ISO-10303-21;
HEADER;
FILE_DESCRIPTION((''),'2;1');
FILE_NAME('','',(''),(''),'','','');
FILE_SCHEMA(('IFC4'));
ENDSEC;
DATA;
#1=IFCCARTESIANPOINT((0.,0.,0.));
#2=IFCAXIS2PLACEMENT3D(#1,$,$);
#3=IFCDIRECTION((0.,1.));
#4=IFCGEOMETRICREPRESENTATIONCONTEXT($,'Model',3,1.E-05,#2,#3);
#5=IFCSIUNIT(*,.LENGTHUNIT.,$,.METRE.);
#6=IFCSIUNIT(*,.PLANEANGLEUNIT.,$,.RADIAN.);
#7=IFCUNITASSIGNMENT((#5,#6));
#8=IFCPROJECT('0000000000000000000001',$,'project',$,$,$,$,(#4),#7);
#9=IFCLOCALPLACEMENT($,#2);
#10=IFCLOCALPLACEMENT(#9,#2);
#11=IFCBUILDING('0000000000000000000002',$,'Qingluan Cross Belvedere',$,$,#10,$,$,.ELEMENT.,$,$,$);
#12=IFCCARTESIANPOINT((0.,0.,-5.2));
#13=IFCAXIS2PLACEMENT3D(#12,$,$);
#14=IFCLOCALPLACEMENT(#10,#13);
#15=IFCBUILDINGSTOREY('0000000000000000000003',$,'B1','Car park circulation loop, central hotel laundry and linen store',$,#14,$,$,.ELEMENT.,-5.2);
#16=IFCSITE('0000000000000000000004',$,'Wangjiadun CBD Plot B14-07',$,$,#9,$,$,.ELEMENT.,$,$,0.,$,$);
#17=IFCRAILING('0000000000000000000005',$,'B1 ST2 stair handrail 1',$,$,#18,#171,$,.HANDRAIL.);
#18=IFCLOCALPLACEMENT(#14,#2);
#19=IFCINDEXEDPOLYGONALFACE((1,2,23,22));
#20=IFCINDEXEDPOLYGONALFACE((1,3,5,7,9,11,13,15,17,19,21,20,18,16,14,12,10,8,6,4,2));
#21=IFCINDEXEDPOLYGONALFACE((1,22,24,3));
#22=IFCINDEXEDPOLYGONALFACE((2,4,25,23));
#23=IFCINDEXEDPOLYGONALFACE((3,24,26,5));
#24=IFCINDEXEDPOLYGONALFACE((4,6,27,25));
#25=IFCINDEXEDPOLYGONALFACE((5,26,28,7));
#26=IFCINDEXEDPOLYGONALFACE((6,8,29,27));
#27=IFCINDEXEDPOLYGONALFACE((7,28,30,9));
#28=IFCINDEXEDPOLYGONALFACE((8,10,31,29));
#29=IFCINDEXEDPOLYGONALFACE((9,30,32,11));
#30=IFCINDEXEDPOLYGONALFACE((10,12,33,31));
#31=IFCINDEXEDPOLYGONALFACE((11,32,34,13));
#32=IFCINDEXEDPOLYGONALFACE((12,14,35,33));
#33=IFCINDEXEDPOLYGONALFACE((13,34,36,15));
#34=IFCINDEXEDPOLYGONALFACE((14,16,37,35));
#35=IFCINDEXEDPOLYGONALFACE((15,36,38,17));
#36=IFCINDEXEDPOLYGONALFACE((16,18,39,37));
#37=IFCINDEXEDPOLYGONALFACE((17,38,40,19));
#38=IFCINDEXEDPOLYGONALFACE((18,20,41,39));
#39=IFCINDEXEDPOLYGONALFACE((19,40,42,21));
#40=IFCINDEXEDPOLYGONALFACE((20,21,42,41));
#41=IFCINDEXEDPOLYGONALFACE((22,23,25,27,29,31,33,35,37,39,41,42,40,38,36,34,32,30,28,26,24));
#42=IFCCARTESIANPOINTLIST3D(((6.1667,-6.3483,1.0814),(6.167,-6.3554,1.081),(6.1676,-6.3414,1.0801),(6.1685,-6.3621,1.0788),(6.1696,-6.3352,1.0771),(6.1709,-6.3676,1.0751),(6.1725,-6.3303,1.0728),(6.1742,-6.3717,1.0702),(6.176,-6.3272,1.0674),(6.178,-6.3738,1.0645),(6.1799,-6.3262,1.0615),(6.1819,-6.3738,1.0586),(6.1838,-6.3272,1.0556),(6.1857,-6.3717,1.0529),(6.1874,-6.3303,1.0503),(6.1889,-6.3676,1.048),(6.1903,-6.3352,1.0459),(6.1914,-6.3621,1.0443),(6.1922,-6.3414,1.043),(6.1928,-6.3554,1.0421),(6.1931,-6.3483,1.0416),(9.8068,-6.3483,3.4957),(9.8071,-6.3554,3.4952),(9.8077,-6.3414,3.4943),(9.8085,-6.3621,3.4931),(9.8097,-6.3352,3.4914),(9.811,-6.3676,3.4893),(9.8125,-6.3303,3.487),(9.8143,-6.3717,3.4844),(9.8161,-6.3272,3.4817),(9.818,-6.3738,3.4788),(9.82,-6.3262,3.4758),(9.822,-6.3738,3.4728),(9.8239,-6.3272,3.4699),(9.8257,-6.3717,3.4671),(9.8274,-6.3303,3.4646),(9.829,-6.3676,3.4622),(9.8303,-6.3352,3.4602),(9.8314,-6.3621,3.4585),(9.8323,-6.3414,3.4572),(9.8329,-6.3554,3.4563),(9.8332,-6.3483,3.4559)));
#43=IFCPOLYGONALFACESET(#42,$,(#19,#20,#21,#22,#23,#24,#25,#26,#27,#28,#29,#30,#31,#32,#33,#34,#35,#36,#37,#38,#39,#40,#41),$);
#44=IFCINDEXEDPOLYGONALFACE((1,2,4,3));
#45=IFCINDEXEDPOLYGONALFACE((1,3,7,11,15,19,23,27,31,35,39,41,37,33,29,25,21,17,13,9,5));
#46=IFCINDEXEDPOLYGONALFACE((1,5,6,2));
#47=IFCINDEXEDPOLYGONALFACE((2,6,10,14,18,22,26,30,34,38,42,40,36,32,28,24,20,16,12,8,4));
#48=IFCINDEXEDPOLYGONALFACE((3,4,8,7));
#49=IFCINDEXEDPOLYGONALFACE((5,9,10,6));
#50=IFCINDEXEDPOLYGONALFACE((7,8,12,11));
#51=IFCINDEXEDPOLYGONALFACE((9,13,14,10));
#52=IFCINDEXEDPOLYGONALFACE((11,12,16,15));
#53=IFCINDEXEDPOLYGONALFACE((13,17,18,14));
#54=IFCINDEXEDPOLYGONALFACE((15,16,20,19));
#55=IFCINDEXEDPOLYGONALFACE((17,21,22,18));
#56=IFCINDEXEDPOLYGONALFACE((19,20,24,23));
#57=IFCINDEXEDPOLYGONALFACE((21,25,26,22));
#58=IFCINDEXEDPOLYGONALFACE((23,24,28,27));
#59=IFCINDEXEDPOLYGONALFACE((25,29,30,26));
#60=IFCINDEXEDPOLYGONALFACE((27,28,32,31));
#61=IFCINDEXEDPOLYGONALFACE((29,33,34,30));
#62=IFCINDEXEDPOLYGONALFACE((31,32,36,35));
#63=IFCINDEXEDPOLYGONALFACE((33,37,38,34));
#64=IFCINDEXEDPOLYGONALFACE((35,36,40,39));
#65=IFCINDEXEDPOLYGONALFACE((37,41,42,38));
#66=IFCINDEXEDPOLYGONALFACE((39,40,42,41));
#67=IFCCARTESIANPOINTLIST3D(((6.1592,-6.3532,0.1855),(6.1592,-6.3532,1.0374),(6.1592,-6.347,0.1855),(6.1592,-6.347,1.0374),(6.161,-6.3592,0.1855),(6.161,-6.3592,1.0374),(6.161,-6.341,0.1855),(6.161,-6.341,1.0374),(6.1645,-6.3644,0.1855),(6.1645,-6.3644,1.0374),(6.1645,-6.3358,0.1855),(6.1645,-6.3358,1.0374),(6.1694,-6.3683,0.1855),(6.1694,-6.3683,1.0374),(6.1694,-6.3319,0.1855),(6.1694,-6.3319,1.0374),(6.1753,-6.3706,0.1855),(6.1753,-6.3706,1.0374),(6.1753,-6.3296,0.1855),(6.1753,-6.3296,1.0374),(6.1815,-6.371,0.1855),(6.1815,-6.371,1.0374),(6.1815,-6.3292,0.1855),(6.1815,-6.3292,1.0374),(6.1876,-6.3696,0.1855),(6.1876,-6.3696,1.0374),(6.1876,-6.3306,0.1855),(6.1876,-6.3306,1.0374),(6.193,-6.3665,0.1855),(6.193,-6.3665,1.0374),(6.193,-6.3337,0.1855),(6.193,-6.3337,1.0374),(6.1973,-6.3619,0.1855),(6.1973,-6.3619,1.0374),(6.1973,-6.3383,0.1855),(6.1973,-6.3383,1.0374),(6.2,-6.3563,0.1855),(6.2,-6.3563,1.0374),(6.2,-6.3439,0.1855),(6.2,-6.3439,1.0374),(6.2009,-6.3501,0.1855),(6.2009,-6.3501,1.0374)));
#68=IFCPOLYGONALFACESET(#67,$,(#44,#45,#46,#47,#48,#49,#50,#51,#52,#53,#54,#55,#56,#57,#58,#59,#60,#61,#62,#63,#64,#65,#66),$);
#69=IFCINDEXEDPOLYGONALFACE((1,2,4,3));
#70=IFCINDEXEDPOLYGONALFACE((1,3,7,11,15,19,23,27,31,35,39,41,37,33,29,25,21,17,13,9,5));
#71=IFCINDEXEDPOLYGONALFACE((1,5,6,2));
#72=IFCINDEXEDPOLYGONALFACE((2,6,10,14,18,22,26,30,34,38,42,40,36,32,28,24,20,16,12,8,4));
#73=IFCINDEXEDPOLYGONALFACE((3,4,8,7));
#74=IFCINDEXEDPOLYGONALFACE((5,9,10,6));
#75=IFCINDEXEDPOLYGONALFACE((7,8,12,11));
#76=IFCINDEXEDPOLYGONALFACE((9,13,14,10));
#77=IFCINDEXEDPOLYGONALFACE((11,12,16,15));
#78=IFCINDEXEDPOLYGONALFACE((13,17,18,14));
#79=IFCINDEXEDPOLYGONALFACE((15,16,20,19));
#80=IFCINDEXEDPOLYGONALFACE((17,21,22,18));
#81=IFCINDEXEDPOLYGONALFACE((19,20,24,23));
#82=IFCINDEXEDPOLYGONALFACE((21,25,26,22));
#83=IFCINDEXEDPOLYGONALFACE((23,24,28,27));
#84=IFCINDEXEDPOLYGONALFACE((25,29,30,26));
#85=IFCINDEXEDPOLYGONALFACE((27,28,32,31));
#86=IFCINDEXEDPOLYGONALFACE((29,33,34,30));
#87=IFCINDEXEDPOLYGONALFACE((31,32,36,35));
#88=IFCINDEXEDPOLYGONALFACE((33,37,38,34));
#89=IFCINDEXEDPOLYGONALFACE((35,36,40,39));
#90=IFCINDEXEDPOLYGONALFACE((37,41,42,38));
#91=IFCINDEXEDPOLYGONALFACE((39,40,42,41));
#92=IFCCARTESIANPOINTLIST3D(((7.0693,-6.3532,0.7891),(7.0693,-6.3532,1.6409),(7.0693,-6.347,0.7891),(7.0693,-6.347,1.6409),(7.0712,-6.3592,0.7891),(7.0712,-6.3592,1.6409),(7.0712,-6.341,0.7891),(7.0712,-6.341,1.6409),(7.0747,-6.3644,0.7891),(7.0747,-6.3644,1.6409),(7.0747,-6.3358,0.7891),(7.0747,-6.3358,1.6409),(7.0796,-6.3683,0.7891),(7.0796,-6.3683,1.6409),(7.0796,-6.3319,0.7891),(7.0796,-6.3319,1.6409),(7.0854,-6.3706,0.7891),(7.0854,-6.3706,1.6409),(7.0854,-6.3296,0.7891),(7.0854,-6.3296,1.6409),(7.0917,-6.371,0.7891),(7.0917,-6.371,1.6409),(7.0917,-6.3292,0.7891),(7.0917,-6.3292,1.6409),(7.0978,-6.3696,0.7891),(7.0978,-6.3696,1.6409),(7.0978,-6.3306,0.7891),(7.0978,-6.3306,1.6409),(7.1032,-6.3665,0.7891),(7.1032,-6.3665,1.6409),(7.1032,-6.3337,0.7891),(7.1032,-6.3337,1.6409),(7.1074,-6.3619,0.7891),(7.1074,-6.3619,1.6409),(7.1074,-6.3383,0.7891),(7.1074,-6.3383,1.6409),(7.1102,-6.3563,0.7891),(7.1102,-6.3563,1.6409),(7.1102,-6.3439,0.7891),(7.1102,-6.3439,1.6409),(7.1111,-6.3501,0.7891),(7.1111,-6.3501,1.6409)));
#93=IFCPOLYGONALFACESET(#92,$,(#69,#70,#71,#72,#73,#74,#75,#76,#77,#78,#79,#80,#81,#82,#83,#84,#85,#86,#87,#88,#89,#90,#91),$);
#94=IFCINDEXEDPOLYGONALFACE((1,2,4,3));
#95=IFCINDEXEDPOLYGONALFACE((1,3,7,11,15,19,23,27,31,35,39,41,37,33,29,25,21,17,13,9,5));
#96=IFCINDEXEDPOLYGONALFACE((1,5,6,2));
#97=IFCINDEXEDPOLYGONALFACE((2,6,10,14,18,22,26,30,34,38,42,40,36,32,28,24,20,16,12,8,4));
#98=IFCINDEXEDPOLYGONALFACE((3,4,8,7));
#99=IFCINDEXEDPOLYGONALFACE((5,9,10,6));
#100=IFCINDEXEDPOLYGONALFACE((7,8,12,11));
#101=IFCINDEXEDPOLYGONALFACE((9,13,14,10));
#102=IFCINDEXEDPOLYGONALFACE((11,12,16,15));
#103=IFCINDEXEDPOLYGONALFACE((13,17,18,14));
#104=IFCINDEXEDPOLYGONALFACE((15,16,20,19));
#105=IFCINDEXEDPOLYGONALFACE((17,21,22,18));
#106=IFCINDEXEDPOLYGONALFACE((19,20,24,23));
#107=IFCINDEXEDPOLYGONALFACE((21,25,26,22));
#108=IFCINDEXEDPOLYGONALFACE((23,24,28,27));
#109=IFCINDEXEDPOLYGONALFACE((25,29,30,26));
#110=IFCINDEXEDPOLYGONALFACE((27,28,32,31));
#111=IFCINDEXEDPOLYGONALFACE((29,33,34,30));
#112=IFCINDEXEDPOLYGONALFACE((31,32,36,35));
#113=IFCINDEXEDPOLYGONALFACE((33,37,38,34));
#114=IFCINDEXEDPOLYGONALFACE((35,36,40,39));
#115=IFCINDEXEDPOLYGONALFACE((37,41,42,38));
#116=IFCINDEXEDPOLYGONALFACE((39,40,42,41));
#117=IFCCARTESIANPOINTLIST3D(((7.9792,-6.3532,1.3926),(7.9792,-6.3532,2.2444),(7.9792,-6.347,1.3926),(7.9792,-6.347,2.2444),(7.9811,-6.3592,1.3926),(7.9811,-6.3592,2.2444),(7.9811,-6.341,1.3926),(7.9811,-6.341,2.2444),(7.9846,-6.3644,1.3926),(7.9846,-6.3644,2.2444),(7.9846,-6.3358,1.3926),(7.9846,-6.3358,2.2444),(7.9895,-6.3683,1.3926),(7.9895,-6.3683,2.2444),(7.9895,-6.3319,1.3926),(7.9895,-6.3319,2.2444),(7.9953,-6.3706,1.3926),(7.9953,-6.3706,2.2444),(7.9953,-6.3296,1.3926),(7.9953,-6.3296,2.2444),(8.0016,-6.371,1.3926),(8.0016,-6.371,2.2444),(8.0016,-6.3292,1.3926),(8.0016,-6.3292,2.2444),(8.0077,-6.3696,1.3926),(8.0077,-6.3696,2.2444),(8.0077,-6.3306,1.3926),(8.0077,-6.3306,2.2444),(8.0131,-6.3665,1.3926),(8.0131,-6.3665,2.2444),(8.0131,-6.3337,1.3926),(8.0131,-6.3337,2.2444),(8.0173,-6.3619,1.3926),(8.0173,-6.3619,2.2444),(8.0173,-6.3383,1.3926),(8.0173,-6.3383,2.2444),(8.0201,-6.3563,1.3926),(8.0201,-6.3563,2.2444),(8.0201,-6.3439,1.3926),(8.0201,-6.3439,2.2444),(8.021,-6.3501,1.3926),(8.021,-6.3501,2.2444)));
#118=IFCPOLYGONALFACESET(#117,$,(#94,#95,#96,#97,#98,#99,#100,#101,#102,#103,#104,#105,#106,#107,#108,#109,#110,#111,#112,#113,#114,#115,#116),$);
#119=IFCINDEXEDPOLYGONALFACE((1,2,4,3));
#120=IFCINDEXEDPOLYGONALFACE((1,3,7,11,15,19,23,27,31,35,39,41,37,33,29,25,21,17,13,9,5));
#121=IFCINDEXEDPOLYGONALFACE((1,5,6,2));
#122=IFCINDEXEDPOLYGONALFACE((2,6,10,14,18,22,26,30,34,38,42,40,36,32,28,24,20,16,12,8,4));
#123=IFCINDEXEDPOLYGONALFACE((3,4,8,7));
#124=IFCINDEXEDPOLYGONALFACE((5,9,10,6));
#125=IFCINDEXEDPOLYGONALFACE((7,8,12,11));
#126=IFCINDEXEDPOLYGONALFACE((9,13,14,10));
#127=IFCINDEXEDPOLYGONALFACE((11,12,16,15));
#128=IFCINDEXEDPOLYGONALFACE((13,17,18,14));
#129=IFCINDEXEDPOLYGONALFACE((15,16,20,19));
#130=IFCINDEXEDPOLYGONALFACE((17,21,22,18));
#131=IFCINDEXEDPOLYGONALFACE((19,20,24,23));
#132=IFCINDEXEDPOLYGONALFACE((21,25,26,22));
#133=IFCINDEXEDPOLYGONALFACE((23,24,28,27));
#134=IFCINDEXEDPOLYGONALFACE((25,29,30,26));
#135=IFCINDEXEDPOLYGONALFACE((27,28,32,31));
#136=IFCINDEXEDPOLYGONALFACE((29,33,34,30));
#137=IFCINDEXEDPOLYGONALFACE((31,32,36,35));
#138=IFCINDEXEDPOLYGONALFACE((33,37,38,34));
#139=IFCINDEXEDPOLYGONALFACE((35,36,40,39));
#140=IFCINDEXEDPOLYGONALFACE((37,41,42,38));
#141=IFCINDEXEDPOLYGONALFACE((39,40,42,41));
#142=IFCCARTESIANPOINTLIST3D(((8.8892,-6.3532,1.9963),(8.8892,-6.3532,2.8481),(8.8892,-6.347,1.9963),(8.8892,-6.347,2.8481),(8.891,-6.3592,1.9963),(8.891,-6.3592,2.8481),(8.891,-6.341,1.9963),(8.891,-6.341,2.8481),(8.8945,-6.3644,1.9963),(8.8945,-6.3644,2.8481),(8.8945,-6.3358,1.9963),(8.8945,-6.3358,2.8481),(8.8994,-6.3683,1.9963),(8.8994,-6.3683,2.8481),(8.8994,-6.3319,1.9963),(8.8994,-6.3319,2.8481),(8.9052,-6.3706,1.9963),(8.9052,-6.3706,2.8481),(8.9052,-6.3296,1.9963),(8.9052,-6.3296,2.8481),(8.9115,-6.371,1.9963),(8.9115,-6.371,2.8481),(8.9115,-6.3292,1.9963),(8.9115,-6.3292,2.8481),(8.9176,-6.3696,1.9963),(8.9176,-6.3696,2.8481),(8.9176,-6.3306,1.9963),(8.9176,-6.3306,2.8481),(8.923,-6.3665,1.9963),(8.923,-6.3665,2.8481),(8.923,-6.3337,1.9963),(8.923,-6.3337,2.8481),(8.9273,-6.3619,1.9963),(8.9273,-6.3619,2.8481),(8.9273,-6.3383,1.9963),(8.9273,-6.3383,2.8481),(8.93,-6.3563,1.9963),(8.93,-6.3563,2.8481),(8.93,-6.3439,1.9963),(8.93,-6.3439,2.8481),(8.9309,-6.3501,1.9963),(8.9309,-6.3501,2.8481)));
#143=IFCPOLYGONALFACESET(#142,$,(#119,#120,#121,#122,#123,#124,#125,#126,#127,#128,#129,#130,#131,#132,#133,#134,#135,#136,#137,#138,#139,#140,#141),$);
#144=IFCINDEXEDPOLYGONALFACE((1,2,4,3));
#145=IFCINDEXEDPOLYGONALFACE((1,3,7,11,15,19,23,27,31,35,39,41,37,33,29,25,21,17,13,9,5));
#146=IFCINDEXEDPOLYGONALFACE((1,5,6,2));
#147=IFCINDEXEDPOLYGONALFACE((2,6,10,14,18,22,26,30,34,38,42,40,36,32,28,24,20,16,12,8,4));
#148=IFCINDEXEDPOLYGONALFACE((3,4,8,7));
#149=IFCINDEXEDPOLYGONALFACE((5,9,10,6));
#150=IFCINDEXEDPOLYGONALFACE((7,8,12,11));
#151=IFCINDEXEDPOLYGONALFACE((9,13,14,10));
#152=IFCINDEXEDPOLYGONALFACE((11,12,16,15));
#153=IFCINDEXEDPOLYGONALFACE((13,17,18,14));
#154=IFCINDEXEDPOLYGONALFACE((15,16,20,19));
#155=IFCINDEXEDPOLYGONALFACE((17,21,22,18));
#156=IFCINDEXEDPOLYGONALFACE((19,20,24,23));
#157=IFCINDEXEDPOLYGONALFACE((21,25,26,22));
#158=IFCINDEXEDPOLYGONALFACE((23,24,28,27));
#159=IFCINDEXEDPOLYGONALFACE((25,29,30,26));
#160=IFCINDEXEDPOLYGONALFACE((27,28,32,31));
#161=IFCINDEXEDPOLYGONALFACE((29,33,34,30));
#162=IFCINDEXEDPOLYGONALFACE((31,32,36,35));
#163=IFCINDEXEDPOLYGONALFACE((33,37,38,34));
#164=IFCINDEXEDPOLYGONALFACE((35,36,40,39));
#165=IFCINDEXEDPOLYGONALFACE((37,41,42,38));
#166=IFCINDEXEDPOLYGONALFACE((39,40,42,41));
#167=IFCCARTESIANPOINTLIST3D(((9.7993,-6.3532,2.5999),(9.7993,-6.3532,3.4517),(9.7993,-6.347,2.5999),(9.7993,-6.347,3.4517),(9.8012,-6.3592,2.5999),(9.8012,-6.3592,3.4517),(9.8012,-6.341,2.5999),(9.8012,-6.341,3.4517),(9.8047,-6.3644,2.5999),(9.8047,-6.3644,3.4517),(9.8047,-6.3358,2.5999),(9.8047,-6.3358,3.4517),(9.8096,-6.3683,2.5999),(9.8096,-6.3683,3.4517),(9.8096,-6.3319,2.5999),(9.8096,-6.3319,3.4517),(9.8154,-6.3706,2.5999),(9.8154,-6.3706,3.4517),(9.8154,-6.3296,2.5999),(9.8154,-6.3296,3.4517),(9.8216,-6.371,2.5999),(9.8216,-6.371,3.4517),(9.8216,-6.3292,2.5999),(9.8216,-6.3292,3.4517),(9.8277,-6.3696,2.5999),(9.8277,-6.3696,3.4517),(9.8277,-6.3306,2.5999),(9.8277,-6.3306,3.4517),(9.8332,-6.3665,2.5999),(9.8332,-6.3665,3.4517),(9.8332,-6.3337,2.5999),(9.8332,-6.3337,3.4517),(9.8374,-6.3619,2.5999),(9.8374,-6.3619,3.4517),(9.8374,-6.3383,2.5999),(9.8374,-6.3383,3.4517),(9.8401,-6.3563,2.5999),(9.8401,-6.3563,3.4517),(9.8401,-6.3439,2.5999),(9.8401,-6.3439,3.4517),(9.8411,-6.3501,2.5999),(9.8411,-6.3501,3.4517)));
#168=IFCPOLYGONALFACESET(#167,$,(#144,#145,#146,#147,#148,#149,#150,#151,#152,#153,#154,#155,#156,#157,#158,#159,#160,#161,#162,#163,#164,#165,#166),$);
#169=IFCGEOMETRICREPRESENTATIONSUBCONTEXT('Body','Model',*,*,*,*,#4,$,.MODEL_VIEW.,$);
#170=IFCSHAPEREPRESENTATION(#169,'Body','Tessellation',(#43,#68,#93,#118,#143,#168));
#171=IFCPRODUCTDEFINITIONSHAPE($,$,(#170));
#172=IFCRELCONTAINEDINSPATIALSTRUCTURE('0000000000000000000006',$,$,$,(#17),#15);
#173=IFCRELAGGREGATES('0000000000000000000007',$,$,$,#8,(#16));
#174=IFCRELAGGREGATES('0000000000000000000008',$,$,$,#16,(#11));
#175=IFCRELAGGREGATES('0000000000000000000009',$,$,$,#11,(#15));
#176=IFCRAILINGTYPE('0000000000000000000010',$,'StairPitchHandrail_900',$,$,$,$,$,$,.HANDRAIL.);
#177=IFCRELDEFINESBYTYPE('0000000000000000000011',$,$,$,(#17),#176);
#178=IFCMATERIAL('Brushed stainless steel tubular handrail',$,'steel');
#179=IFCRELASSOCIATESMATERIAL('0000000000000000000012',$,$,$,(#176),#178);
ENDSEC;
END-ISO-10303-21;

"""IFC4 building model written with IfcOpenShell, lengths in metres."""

from ifc_helpers import new_model, si_unit, direction, frame, origin, origin_2d, place, context, subcontext, project, spatial, circle, extrude, material, type_object, element, save


model = new_model("IFC4")

# Units and contexts
model_context = context("Model", 3, precision=1e-05, world=origin(), true_north=direction((0.0, 1.0)))
body_context = subcontext(model_context, "Body", "Model", "MODEL_VIEW")
ifc_project = project(units=[si_unit("LENGTHUNIT", "METRE"), si_unit("PLANEANGLEUNIT", "RADIAN")], contexts=[model_context])

# Site, building, storey
site_placement = place(None, origin())
site = spatial("IfcSite", under=ifc_project, at=site_placement, Name="Wangjiadun CBD Plot B14-07", CompositionType="ELEMENT", RefElevation=0.0)
building_placement = place(site_placement, origin())
building = spatial("IfcBuilding", under=site, at=building_placement, Name="Qingluan Cross Belvedere", CompositionType="ELEMENT")
storey_placement = place(building_placement, frame((0.0, 0.0, -5.2)))
storey = spatial("IfcBuildingStorey", under=building, at=storey_placement, Name="B1", Description="Car park circulation loop, central hotel laundry and linen store", CompositionType="ELEMENT", Elevation=-5.2)

# Railing
ifc_material_1 = material(Name="Brushed stainless steel tubular handrail", Category="steel")
railing_type_1 = type_object("IfcRailingType", Name="StairPitchHandrail_900", PredefinedType="HANDRAIL", material=ifc_material_1)
railing_1_placement = place(storey_placement, frame((6.1799, -6.3501, 0.1855)))
element("IfcRailing", 1, at=railing_1_placement, inside=storey, type_object=railing_type_1, Name="B1 ST2 stair handrail 1", PredefinedType="HANDRAIL", context=body_context, shape_type="SweptSolid", body=[
    extrude(circle(Radius=0.0239, at=origin_2d()), frame((0.0, 0.0, 0.876), z_axis=(0.833364, 0.0, 0.552725), x_axis=(0.0, 1.0, 0.0)), (0.0, 0.0, 1.0), 4.3679),
    extrude(circle(Radius=0.021, at=origin_2d()), origin(), (0.0, 0.0, 1.0), 0.8518),
    extrude(circle(Radius=0.021, at=origin_2d()), frame((0.9102, 0.0, 0.6035)), (0.0, 0.0, 1.0), 0.8518),
    extrude(circle(Radius=0.021, at=origin_2d()), frame((1.8201, 0.0, 1.207)), (0.0, 0.0, 1.0), 0.8518),
    extrude(circle(Radius=0.021, at=origin_2d()), frame((2.73, 0.0, 1.8108)), (0.0, 0.0, 1.0), 0.8518),
    extrude(circle(Radius=0.021, at=origin_2d()), frame((3.6401, 0.0, 2.4143)), (0.0, 0.0, 1.0), 0.8518),
])

save(model, "model.ifc")
